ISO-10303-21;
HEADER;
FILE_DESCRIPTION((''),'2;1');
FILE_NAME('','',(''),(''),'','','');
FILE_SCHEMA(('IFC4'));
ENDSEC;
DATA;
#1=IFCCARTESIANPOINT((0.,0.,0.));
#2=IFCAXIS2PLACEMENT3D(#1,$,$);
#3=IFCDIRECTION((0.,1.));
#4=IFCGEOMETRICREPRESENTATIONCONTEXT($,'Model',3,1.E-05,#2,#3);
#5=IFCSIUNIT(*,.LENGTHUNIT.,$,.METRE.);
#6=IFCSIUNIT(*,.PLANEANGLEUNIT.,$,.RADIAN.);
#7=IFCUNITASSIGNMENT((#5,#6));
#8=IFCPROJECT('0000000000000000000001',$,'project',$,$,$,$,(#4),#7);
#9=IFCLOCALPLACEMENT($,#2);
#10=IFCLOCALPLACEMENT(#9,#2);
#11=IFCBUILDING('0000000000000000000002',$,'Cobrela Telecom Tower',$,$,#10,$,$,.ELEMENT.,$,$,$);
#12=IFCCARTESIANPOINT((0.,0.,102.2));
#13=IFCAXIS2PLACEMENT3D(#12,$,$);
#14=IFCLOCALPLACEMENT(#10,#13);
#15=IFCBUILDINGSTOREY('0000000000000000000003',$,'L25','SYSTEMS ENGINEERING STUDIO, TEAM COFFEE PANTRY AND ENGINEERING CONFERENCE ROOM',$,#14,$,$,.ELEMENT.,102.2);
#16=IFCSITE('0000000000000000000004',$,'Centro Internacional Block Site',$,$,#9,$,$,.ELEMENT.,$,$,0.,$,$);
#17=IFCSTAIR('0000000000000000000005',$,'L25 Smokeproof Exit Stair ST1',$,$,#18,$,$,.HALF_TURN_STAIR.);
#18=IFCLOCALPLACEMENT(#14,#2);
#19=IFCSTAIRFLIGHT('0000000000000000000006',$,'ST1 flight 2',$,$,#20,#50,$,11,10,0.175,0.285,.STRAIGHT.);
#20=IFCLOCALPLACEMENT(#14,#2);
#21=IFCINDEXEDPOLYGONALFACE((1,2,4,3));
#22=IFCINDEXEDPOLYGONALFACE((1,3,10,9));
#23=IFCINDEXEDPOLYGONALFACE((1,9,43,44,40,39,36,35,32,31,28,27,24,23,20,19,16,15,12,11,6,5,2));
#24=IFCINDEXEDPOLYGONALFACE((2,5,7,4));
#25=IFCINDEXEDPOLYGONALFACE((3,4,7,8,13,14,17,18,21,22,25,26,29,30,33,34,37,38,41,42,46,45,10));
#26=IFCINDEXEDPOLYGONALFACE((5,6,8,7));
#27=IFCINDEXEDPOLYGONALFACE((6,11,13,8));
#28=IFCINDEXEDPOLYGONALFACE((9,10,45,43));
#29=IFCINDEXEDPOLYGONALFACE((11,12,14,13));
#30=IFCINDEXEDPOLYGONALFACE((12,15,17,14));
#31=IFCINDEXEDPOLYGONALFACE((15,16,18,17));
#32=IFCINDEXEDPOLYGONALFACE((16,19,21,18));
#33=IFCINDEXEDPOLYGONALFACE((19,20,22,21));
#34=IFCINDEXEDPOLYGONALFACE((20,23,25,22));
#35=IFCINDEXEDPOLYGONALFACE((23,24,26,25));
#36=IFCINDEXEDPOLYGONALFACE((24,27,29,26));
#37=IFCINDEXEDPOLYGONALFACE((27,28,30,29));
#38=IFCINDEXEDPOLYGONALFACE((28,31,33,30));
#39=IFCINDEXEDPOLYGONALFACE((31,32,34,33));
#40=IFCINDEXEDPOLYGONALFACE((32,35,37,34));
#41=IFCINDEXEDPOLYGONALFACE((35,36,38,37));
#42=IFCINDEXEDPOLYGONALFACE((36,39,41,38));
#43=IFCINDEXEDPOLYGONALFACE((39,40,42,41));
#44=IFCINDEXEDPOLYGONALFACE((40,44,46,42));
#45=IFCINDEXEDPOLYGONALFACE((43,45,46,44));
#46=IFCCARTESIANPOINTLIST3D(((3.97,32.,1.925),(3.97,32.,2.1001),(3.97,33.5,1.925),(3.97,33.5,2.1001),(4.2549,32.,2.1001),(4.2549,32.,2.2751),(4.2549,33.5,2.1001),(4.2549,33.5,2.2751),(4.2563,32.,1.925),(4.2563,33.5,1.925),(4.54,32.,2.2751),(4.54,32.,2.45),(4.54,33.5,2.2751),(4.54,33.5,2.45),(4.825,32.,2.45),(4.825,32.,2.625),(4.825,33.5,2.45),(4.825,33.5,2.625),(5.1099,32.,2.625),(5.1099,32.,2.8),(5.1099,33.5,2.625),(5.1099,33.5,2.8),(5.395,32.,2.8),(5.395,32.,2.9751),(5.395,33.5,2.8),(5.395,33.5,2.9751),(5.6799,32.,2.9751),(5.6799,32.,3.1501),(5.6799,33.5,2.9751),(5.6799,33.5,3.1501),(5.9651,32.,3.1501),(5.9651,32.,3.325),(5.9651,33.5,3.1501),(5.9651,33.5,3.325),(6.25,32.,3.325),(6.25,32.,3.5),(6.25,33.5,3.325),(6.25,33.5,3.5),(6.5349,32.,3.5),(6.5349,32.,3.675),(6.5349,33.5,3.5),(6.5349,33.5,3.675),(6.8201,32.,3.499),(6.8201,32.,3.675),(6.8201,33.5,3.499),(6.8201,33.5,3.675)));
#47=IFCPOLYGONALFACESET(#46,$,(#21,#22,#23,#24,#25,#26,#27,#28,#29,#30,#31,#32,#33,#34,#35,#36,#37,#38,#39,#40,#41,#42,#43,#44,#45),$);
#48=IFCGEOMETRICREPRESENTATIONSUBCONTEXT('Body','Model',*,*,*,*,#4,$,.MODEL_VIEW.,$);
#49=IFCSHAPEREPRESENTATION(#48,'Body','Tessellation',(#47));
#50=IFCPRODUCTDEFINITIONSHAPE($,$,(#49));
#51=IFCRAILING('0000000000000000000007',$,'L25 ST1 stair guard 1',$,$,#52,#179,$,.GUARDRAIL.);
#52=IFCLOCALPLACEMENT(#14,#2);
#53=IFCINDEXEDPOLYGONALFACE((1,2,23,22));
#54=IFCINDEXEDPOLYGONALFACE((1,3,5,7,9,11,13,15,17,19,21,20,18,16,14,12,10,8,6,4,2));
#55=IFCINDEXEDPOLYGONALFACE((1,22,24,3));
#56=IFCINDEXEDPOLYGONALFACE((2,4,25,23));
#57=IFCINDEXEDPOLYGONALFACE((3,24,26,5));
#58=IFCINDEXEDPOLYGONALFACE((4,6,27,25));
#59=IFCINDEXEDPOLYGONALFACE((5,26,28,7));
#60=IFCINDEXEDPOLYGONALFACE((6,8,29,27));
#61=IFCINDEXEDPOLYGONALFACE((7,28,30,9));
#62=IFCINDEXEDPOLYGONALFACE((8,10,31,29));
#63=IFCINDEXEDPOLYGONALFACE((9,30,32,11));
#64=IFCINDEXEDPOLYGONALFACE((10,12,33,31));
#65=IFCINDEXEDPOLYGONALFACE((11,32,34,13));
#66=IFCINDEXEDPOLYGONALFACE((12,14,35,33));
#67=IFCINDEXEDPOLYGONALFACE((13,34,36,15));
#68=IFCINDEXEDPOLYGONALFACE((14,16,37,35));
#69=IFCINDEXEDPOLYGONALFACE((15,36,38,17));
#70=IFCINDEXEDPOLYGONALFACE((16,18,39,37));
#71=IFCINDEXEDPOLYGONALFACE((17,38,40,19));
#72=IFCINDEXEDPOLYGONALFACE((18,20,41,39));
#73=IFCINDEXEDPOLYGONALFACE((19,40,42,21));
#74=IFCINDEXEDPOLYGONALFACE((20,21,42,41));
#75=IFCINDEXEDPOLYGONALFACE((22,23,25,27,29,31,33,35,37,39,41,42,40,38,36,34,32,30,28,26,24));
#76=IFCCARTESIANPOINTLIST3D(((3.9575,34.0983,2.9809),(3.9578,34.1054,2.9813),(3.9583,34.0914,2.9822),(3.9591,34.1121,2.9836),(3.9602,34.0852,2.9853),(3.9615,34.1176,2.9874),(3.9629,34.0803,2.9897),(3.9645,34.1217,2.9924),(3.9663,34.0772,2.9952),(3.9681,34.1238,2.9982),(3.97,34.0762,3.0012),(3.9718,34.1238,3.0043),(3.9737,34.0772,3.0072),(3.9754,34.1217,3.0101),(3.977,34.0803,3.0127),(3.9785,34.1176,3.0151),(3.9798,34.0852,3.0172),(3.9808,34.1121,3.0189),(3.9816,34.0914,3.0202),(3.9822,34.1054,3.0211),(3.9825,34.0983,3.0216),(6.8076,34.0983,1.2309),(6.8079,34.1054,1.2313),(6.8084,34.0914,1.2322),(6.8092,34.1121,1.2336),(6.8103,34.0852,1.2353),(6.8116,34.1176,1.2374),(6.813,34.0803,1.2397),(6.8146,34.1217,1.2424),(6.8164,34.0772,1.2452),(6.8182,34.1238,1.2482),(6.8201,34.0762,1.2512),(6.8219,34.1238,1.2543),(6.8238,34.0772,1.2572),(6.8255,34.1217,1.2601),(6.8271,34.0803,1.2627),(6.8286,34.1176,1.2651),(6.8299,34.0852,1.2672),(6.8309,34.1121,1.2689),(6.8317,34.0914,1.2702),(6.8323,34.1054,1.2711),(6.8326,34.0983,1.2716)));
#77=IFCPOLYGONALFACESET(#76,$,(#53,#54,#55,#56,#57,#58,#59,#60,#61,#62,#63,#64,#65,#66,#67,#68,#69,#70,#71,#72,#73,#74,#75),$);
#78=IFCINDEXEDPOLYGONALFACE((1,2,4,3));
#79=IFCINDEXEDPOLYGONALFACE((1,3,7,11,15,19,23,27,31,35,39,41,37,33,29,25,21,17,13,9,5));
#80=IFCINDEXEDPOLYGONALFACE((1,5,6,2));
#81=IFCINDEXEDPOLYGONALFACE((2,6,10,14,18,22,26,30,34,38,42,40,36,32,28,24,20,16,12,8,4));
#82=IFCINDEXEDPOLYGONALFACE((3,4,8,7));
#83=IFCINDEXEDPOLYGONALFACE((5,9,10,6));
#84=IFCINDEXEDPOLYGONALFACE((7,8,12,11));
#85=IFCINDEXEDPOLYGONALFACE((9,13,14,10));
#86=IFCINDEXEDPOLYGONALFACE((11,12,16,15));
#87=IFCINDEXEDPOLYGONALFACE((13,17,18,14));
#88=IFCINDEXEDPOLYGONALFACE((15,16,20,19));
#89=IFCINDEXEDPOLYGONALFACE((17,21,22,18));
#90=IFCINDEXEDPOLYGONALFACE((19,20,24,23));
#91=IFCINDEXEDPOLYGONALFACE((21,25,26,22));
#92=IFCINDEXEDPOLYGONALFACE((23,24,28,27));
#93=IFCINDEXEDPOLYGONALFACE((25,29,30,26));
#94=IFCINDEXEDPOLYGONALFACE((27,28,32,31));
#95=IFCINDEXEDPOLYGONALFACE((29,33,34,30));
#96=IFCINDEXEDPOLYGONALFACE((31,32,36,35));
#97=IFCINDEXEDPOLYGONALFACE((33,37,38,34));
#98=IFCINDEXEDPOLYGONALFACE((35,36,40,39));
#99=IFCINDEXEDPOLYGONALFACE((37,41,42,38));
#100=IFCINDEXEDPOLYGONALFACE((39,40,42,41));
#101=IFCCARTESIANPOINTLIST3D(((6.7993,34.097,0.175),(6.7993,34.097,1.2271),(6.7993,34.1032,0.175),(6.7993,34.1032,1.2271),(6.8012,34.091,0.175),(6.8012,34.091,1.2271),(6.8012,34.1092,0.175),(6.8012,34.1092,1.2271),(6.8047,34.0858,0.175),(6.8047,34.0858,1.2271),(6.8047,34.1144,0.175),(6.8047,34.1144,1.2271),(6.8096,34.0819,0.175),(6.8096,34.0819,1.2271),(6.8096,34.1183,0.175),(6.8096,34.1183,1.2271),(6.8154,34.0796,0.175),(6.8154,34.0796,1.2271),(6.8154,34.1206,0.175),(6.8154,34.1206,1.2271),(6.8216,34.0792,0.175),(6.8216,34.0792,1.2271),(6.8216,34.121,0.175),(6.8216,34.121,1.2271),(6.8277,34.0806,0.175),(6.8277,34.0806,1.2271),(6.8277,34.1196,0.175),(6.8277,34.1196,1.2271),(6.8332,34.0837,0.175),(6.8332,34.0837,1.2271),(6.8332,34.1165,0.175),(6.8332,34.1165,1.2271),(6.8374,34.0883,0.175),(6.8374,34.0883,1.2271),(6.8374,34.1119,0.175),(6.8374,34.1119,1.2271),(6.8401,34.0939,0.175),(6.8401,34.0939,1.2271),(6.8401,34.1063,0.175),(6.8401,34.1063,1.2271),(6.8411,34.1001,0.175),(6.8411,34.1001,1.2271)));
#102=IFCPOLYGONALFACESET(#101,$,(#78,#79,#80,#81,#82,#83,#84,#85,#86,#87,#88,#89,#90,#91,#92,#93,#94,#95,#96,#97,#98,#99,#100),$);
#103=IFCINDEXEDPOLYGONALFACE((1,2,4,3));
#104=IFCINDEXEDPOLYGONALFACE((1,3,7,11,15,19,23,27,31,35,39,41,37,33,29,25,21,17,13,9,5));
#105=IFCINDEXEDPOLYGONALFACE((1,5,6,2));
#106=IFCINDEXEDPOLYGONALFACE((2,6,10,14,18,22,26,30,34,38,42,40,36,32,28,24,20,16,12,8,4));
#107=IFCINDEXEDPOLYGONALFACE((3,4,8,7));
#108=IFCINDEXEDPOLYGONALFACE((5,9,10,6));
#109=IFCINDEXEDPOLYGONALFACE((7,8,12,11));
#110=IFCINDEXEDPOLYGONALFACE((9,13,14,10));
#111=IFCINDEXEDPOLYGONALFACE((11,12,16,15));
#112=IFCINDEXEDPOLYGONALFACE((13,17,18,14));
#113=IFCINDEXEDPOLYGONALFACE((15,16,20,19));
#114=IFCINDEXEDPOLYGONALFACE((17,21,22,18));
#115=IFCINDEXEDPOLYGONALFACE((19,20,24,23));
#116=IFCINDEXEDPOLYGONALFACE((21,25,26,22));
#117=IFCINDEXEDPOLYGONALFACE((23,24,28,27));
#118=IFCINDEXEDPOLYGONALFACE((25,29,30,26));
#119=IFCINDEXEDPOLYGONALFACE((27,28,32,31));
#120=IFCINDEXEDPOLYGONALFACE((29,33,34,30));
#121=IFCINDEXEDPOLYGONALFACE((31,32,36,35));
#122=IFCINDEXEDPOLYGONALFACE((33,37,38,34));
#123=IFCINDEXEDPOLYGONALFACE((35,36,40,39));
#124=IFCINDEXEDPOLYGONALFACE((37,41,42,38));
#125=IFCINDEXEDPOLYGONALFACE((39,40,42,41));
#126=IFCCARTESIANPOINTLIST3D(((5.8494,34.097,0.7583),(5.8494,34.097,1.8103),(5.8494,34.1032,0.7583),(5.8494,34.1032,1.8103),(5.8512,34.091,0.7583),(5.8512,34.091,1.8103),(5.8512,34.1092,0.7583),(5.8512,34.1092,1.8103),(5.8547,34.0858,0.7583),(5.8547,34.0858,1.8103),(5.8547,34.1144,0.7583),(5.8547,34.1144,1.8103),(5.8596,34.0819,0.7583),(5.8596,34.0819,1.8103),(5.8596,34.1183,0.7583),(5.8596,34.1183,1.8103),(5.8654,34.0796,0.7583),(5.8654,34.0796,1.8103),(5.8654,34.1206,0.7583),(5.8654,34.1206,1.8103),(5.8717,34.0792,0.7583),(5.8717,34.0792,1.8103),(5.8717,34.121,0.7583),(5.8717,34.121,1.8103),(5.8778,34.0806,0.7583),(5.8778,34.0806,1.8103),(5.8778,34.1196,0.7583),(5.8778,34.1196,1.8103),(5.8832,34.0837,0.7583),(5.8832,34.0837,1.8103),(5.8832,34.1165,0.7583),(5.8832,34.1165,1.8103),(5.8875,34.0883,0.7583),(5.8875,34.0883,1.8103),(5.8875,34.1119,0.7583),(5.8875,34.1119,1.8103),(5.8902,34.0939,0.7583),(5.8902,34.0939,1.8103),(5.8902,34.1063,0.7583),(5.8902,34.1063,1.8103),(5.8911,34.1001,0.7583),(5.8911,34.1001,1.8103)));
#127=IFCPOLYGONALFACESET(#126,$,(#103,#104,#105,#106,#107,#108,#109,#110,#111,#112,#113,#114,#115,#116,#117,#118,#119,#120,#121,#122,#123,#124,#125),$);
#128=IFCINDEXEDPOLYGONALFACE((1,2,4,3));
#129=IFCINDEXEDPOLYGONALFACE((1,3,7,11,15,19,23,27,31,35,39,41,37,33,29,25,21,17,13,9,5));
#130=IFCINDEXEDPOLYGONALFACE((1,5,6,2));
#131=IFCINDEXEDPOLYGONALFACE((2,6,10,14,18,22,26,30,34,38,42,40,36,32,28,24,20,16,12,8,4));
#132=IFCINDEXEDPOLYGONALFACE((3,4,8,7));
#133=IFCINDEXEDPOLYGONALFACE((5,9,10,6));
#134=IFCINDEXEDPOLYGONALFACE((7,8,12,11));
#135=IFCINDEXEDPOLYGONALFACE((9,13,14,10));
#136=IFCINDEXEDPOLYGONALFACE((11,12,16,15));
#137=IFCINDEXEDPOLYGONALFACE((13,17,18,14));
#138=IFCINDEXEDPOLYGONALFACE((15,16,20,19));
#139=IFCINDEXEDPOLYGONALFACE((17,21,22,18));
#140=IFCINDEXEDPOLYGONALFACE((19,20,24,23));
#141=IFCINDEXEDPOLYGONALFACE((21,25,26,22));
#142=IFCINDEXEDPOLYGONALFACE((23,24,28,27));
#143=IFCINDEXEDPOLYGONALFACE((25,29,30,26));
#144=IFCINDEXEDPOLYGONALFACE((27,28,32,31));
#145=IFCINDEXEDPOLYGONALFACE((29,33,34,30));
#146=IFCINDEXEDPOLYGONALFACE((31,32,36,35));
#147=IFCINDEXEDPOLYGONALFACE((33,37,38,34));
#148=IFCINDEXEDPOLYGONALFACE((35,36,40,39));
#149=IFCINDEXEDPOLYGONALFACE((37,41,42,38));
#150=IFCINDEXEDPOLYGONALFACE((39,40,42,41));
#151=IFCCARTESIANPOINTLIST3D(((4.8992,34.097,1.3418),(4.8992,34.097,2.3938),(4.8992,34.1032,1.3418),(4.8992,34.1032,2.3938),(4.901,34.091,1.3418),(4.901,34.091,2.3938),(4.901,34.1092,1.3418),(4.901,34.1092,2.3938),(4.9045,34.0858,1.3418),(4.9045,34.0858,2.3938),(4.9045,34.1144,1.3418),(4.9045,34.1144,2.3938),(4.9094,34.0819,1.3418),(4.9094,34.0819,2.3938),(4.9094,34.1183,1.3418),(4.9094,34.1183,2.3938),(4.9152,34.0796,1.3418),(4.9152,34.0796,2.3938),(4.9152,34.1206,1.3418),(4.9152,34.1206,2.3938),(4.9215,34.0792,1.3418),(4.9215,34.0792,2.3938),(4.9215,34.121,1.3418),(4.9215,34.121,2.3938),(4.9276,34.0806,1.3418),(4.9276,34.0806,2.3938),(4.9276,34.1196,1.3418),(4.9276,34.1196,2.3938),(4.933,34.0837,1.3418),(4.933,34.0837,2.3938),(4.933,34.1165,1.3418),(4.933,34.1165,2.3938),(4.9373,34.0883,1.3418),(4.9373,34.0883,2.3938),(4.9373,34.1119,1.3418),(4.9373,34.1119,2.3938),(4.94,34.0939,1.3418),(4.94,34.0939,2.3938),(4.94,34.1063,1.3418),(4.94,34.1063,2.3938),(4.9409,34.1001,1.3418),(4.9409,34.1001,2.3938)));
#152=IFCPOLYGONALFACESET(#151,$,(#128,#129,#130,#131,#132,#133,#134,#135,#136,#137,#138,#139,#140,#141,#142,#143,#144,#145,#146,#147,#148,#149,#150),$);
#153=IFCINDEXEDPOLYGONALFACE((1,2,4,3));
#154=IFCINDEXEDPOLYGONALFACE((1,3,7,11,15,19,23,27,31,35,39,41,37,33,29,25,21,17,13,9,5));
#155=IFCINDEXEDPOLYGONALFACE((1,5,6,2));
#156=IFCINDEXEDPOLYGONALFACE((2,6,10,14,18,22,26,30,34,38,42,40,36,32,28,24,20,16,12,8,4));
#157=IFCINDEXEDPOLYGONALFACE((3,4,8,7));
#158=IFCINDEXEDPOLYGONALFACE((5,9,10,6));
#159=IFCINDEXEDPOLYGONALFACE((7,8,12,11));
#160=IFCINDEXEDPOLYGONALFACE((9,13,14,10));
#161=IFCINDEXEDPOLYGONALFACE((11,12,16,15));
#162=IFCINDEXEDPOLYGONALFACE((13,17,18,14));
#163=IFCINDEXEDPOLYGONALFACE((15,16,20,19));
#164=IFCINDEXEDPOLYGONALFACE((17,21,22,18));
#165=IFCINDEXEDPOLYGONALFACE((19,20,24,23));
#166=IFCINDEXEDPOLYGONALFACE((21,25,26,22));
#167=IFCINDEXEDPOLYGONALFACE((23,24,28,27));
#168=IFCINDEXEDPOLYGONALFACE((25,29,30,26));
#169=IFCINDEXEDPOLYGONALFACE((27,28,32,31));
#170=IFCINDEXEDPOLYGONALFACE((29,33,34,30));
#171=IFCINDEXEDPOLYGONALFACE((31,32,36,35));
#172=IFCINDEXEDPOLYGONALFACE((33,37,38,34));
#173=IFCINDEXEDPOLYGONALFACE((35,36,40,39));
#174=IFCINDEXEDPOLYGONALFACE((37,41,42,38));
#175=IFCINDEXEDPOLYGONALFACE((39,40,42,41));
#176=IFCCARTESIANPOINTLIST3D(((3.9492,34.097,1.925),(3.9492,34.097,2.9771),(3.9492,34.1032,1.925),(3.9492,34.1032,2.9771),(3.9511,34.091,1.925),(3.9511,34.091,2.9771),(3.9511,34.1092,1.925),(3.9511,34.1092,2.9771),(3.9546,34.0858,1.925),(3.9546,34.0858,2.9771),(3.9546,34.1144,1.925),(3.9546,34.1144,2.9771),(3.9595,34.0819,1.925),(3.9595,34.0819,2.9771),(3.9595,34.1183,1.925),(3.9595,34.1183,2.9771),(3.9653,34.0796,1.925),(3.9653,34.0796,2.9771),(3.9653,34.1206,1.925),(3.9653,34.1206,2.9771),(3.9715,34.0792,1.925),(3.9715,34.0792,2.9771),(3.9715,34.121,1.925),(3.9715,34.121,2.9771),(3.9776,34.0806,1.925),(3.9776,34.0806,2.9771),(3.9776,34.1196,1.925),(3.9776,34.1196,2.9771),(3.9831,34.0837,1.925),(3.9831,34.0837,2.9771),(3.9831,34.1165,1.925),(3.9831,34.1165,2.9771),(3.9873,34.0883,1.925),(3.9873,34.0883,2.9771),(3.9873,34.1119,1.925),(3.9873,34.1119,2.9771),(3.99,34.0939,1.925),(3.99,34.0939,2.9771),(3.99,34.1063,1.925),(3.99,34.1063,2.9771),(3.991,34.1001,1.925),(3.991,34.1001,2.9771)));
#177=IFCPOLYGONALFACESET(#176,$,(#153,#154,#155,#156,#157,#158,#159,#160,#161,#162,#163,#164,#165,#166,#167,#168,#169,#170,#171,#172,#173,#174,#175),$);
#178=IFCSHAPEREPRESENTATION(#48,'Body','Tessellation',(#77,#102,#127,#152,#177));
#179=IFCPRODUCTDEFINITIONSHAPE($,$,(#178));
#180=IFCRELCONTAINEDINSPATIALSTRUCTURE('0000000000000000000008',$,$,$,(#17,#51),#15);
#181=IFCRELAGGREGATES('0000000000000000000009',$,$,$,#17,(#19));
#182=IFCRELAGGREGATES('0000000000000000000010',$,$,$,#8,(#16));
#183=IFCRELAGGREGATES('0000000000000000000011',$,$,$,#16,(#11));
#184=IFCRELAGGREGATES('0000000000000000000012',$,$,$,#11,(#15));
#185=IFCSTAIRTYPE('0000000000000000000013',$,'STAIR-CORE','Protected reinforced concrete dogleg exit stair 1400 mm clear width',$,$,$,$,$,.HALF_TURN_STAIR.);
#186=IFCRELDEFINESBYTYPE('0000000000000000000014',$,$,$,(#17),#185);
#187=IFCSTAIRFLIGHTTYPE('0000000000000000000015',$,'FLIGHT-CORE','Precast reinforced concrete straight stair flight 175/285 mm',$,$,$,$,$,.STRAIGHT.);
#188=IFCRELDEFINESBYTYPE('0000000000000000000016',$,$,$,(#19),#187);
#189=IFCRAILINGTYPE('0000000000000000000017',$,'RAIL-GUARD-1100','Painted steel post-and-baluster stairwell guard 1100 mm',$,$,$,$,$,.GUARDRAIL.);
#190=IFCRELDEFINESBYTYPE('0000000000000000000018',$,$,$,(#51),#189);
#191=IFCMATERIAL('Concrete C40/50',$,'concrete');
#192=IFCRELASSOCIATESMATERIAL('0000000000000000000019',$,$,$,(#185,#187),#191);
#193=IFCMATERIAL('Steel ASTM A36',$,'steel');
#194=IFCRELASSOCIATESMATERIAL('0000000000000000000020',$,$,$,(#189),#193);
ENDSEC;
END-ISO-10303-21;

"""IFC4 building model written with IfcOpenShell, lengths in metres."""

from ifc_helpers import new_model, si_unit, direction, frame, origin, origin_2d, place, context, subcontext, project, spatial, polyline, circle, outline, extrude, material, type_object, element, aggregate, save


model = new_model("IFC4")

# Units and contexts
model_context = context("Model", 3, precision=1e-05, world=origin(), true_north=direction((0.0, 1.0)))
body_context = subcontext(model_context, "Body", "Model", "MODEL_VIEW")
ifc_project = project(units=[si_unit("LENGTHUNIT", "METRE"), si_unit("PLANEANGLEUNIT", "RADIAN")], contexts=[model_context])

# Site, building, storey
site_placement = place(None, origin())
site = spatial("IfcSite", under=ifc_project, at=site_placement, Name="Centro Internacional Block Site", CompositionType="ELEMENT", RefElevation=0.0)
building_placement = place(site_placement, origin())
building = spatial("IfcBuilding", under=site, at=building_placement, Name="Cobrela Telecom Tower", CompositionType="ELEMENT")
storey_placement = place(building_placement, frame((0.0, 0.0, 102.2)))
storey = spatial("IfcBuildingStorey", under=building, at=storey_placement, Name="L25", Description="SYSTEMS ENGINEERING STUDIO, TEAM COFFEE PANTRY AND ENGINEERING CONFERENCE ROOM", CompositionType="ELEMENT", Elevation=102.2)

# Shared definitions
ifc_material_1 = material(Name="Steel ASTM A36", Category="steel")

# Shared definitions
ifc_material_2 = material(Name="Concrete C40/50", Category="concrete")

# Stair, stair flight
stair_type = type_object("IfcStairType", Name="STAIR-CORE", Description="Protected reinforced concrete dogleg exit stair 1400 mm clear width", PredefinedType="HALF_TURN_STAIR", material=ifc_material_2)
stair_placement = place(storey_placement, origin())
stair = element("IfcStair", 1, at=stair_placement, inside=storey, type_object=stair_type, Name="L25 Smokeproof Exit Stair ST1", PredefinedType="HALF_TURN_STAIR")
stair_flight_type = type_object("IfcStairFlightType", Name="FLIGHT-CORE", Description="Precast reinforced concrete straight stair flight 175/285 mm", PredefinedType="STRAIGHT", material=ifc_material_2)
stair_flight_1_placement = place(storey_placement, frame((3.97, 32.75, 1.925), z_axis=(0.0, 0.0, 1.0), x_axis=(1.0, 0.0, 0.0)))
stair_flight_1 = element("IfcStairFlight", 2, at=stair_flight_1_placement, type_object=stair_flight_type, Name="ST1 flight 2", NumberOfRisers=11, NumberOfTreads=10, PredefinedType="STRAIGHT", RiserHeight=0.175, TreadLength=0.285, context=body_context, shape_type="SweptSolid", body=[
    extrude(outline(polyline([(0.0, 0.0), (0.0, 0.175), (0.2849, 0.175), (0.2849, 0.3501), (0.5701, 0.3501), (0.5701, 0.5249), (0.855, 0.5249), (0.855, 0.7), (1.1399, 0.7), (1.1399, 0.875), (1.425, 0.875), (1.425, 1.05), (1.71, 1.05), (1.71, 1.2251), (1.9951, 1.2251), (1.9951, 1.3999), (2.28, 1.3999), (2.28, 1.575), (2.5649, 1.575), (2.5649, 1.75), (2.8501, 1.75), (2.8501, 1.925), (2.8501, 1.574), (0.2864, 0.0), (0.0, 0.0)])), frame((0.0, 0.75, 0.0), z_axis=(0.0, -1.0, 0.0), x_axis=(1.0, 0.0, 0.0)), (0.0, 0.0, 1.0), 1.5),
])
aggregate(stair, [stair_flight_1])

# Railing
railing_type_1 = type_object("IfcRailingType", Name="RAIL-GUARD-1100", Description="Painted steel post-and-baluster stairwell guard 1100 mm", PredefinedType="GUARDRAIL", material=ifc_material_1)
railing_1_placement = place(storey_placement, frame((6.8201, 34.1001, 0.175)))
element("IfcRailing", 3, at=railing_1_placement, inside=storey, type_object=railing_type_1, Name="L25 ST1 stair guard 1", PredefinedType="GUARDRAIL", context=body_context, shape_type="SweptSolid", body=[
    extrude(circle(Radius=0.0239, at=origin_2d()), frame((0.0, 0.0, 1.0762), z_axis=(-0.852179, 0.0, 0.52325), x_axis=(0.0, -1.0, 0.0)), (0.0, 0.0, 1.0), 3.3445),
    extrude(circle(Radius=0.021, at=origin_2d()), origin(), (0.0, 0.0, 1.0), 1.052),
    extrude(circle(Radius=0.021, at=origin_2d()), frame((-0.95, 0.0, 0.5833)), (0.0, 0.0, 1.0), 1.052),
    extrude(circle(Radius=0.021, at=origin_2d()), frame((-1.9001, 0.0, 1.1667)), (0.0, 0.0, 1.0), 1.052),
    extrude(circle(Radius=0.021, at=origin_2d()), frame((-2.8501, 0.0, 1.75)), (0.0, 0.0, 1.0), 1.052),
])

save(model, "model.ifc")
